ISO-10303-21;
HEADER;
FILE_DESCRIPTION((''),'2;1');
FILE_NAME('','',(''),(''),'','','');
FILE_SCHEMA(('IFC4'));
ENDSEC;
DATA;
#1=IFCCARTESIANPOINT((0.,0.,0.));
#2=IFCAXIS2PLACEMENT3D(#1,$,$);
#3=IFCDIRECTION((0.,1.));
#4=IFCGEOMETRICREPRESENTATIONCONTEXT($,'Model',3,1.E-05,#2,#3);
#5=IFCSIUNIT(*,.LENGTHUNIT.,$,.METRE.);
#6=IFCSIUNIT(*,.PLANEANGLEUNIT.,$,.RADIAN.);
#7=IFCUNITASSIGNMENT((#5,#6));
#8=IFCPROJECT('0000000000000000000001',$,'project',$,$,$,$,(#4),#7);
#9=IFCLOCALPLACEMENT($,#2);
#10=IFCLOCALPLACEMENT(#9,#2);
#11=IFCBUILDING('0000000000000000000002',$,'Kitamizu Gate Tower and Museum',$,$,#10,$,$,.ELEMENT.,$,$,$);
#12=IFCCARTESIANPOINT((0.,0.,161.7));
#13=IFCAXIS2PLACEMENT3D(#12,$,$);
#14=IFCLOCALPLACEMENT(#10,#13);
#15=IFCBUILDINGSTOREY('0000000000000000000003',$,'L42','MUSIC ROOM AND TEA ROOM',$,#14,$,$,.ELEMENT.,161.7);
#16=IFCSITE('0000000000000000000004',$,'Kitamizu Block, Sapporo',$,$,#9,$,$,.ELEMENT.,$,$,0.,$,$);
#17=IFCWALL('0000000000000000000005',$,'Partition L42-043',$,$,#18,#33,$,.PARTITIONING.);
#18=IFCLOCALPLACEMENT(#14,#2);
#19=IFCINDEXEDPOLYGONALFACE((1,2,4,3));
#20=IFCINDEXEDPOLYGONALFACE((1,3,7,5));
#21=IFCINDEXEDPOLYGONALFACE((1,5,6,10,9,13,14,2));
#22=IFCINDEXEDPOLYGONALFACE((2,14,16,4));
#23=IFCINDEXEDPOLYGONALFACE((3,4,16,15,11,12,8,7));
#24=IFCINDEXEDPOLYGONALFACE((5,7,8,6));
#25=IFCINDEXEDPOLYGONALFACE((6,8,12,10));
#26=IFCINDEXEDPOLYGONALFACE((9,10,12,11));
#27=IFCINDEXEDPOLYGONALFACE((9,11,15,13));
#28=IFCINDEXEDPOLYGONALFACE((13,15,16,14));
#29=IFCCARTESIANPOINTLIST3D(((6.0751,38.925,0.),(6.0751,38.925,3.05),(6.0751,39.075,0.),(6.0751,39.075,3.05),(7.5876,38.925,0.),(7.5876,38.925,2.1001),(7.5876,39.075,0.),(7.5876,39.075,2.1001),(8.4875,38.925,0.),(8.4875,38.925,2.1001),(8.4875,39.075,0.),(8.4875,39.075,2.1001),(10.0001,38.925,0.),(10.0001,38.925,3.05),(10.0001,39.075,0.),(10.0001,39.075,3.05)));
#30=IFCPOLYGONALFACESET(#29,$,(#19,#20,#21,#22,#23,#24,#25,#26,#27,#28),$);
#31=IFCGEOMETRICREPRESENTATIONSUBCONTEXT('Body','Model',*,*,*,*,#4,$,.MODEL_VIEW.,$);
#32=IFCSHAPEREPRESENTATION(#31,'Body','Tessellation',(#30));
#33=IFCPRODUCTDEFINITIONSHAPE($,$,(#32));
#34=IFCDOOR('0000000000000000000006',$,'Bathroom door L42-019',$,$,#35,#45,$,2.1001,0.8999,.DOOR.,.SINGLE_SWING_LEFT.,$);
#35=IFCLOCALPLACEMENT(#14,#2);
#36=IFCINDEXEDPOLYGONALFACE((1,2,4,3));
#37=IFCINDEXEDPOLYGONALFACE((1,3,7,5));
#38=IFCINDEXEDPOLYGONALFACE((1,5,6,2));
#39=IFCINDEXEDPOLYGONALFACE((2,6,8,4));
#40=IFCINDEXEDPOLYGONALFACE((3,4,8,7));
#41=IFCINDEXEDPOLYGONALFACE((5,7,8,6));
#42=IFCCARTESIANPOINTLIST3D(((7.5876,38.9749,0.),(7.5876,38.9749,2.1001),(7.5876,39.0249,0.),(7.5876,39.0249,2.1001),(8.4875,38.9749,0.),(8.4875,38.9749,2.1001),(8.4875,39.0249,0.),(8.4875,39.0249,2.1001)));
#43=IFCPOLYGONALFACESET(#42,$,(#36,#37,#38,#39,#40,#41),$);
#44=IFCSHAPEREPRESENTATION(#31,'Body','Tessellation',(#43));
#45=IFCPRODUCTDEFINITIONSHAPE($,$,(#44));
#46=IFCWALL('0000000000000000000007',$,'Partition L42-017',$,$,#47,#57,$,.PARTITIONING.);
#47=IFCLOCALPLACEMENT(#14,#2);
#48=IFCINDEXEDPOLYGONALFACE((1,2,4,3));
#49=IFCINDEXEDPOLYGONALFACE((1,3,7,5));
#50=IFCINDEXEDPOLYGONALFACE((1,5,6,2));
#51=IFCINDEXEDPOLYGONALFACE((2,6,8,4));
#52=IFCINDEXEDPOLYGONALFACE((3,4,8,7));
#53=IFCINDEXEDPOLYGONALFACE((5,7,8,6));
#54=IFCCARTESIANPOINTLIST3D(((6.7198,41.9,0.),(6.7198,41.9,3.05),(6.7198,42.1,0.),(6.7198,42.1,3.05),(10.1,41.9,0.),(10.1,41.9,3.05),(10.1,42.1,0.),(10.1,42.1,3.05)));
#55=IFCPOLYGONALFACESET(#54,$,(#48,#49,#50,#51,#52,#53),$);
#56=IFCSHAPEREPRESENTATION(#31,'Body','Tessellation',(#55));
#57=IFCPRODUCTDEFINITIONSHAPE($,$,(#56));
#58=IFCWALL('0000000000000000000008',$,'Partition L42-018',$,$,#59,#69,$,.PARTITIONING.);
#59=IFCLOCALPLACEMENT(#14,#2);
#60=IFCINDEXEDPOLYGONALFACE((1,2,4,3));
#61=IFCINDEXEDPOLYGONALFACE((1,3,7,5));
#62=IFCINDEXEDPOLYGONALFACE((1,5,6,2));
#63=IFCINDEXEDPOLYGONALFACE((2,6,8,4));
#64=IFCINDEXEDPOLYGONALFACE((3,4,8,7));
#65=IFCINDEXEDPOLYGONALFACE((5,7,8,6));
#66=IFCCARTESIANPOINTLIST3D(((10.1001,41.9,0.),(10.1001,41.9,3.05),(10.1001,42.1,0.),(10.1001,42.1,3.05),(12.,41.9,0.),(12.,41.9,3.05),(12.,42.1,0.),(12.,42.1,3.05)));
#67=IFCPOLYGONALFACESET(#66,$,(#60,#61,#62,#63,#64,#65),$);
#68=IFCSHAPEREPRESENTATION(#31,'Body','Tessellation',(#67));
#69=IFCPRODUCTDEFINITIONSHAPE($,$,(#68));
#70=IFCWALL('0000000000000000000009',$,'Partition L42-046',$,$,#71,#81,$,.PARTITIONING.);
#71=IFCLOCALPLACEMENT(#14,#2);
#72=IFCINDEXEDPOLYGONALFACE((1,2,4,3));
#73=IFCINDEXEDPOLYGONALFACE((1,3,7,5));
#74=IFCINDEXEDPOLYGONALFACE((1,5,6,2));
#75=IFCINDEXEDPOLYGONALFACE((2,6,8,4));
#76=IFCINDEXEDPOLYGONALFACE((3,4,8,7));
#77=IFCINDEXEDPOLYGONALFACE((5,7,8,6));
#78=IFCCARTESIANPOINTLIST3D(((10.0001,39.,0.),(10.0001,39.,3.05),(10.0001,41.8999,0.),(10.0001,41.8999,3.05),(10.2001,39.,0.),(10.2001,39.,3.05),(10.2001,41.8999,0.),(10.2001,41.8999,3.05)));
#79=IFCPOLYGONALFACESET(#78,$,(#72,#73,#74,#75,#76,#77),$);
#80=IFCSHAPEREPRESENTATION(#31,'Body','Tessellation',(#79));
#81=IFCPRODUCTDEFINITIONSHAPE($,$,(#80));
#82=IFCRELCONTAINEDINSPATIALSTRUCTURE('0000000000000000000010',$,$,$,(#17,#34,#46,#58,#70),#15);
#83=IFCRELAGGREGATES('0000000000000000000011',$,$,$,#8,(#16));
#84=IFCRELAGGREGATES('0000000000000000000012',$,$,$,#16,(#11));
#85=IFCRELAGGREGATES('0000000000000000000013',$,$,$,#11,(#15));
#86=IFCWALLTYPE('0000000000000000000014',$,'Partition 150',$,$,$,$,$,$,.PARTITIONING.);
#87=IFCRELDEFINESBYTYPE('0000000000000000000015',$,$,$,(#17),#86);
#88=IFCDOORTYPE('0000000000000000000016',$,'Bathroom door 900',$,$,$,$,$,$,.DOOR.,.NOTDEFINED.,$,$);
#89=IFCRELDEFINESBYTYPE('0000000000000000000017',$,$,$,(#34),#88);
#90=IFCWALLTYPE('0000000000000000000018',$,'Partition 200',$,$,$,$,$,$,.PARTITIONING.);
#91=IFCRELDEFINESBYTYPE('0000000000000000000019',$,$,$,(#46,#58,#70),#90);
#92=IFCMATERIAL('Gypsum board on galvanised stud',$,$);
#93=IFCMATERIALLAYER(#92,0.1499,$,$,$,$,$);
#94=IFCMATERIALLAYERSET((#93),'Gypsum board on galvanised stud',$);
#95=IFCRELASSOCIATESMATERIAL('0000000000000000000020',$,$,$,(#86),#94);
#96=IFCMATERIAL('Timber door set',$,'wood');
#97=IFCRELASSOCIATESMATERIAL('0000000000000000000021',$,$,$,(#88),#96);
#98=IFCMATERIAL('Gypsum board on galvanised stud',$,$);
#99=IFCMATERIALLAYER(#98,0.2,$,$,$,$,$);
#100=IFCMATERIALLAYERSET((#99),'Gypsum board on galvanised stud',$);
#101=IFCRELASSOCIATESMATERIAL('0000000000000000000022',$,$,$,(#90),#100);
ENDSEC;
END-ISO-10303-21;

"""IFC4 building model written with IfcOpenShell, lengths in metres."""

from ifc_helpers import new_model, si_unit, direction, frame, frame_2d, origin, place, context, subcontext, project, spatial, rectangle, extrude, material, layer, layer_set, type_object, element, fill, save


model = new_model("IFC4")

# Units and contexts
model_context = context("Model", 3, precision=1e-05, world=origin(), true_north=direction((0.0, 1.0)))
body_context = subcontext(model_context, "Body", "Model", "MODEL_VIEW")
ifc_project = project(units=[si_unit("LENGTHUNIT", "METRE"), si_unit("PLANEANGLEUNIT", "RADIAN")], contexts=[model_context])

# Site, building, storey
site_placement = place(None, origin())
site = spatial("IfcSite", under=ifc_project, at=site_placement, Name="Kitamizu Block, Sapporo", CompositionType="ELEMENT", RefElevation=0.0)
building_placement = place(site_placement, origin())
building = spatial("IfcBuilding", under=site, at=building_placement, Name="Kitamizu Gate Tower and Museum", CompositionType="ELEMENT")
storey_placement = place(building_placement, frame((0.0, 0.0, 161.7)))
storey = spatial("IfcBuildingStorey", under=building, at=storey_placement, Name="L42", Description="MUSIC ROOM AND TEA ROOM", CompositionType="ELEMENT", Elevation=161.7)

# Wall, opening, door
ifc_material_1 = material(Name="Gypsum board on galvanised stud")
ifc_layer_1 = layer(ifc_material_1, 0.1499)
ifc_layer_set_1 = layer_set([ifc_layer_1], Name="Gypsum board on galvanised stud")
wall_type_1 = type_object("IfcWallType", Name="Partition 150", PredefinedType="PARTITIONING", material=ifc_layer_set_1)
wall_1_placement = place(storey_placement, frame((10.0, 39.0, 0.0), z_axis=(0.0, 0.0, 1.0), x_axis=(-1.0, 0.0, 0.0)))
wall_1 = element("IfcWall", 1, at=wall_1_placement, inside=storey, type_object=wall_type_1, Name="Partition L42-043", PredefinedType="PARTITIONING", context=body_context, shape_type="SweptSolid", body=[
    extrude(rectangle(XDim=3.925, YDim=0.1499, at=frame_2d((1.9624, 0.0))), origin(), (0.0, 0.0, 1.0), 3.05),
])
opening_1_placement = place(wall_1_placement, frame((1.5125, 0.0, 0.0)))
opening_1 = element("IfcOpeningElement", 2, at=opening_1_placement, cuts=wall_1, PredefinedType="OPENING", context=body_context, shape_type="SweptSolid", body=[
    extrude(rectangle(XDim=0.8999, YDim=2.1001, at=frame_2d((0.45, 1.05))), frame((0.0, 0.085, 0.0), z_axis=(0.0, -1.0, 0.0), x_axis=(1.0, 0.0, 0.0)), (0.0, 0.0, 1.0), 0.1699),
])
ifc_material_2 = material(Name="Timber door set", Category="wood")
door_type = type_object("IfcDoorType", Name="Bathroom door 900", OperationType="NOTDEFINED", PredefinedType="DOOR", material=ifc_material_2)
door_placement = place(opening_1_placement, frame((0.8999, 0.0, 0.0), x_axis=(-1.0, 0.0, 0.0)))
door = element("IfcDoor", 3, at=door_placement, inside=storey, type_object=door_type, Name="Bathroom door L42-019", OperationType="SINGLE_SWING_LEFT", OverallHeight=2.1001, OverallWidth=0.8999, PredefinedType="DOOR", context=body_context, shape_type="SweptSolid", body=[
    extrude(rectangle(XDim=0.8999, YDim=2.1001, at=frame_2d((0.45, 1.05))), frame((0.0, 0.0249, 0.0), z_axis=(0.0, -1.0, 0.0), x_axis=(1.0, 0.0, 0.0)), (0.0, 0.0, 1.0), 0.05),
])
fill(opening_1, door)

# Walls
ifc_material_3 = material(Name="Gypsum board on galvanised stud")
ifc_layer_2 = layer(ifc_material_3, 0.2)
ifc_layer_set_2 = layer_set([ifc_layer_2], Name="Gypsum board on galvanised stud")
wall_type_2 = type_object("IfcWallType", Name="Partition 200", PredefinedType="PARTITIONING", material=ifc_layer_set_2)
wall_2_placement = place(storey_placement, frame((6.72, 42.0, 0.0), z_axis=(0.0, 0.0, 1.0), x_axis=(1.0, 0.0, 0.0)))
element("IfcWall", 4, at=wall_2_placement, inside=storey, type_object=wall_type_2, Name="Partition L42-017", PredefinedType="PARTITIONING", context=body_context, shape_type="SweptSolid", body=[
    extrude(rectangle(XDim=3.3801, YDim=0.2, at=frame_2d((1.6899, 0.0))), origin(), (0.0, 0.0, 1.0), 3.05),
])
wall_3_placement = place(storey_placement, frame((10.1001, 42.0, 0.0), z_axis=(0.0, 0.0, 1.0), x_axis=(1.0, 0.0, 0.0)))
element("IfcWall", 5, at=wall_3_placement, inside=storey, type_object=wall_type_2, Name="Partition L42-018", PredefinedType="PARTITIONING", context=body_context, shape_type="SweptSolid", body=[
    extrude(rectangle(XDim=1.8999, YDim=0.2, at=frame_2d((0.95, 0.0))), origin(), (0.0, 0.0, 1.0), 3.05),
])
wall_4_placement = place(storey_placement, frame((10.1001, 39.0, 0.0), z_axis=(0.0, 0.0, 1.0), x_axis=(0.0, 1.0, 0.0)))
element("IfcWall", 6, at=wall_4_placement, inside=storey, type_object=wall_type_2, Name="Partition L42-046", PredefinedType="PARTITIONING", context=body_context, shape_type="SweptSolid", body=[
    extrude(rectangle(XDim=2.8999, YDim=0.2, at=frame_2d((1.45, 0.0))), origin(), (0.0, 0.0, 1.0), 3.05),
])

save(model, "model.ifc")
